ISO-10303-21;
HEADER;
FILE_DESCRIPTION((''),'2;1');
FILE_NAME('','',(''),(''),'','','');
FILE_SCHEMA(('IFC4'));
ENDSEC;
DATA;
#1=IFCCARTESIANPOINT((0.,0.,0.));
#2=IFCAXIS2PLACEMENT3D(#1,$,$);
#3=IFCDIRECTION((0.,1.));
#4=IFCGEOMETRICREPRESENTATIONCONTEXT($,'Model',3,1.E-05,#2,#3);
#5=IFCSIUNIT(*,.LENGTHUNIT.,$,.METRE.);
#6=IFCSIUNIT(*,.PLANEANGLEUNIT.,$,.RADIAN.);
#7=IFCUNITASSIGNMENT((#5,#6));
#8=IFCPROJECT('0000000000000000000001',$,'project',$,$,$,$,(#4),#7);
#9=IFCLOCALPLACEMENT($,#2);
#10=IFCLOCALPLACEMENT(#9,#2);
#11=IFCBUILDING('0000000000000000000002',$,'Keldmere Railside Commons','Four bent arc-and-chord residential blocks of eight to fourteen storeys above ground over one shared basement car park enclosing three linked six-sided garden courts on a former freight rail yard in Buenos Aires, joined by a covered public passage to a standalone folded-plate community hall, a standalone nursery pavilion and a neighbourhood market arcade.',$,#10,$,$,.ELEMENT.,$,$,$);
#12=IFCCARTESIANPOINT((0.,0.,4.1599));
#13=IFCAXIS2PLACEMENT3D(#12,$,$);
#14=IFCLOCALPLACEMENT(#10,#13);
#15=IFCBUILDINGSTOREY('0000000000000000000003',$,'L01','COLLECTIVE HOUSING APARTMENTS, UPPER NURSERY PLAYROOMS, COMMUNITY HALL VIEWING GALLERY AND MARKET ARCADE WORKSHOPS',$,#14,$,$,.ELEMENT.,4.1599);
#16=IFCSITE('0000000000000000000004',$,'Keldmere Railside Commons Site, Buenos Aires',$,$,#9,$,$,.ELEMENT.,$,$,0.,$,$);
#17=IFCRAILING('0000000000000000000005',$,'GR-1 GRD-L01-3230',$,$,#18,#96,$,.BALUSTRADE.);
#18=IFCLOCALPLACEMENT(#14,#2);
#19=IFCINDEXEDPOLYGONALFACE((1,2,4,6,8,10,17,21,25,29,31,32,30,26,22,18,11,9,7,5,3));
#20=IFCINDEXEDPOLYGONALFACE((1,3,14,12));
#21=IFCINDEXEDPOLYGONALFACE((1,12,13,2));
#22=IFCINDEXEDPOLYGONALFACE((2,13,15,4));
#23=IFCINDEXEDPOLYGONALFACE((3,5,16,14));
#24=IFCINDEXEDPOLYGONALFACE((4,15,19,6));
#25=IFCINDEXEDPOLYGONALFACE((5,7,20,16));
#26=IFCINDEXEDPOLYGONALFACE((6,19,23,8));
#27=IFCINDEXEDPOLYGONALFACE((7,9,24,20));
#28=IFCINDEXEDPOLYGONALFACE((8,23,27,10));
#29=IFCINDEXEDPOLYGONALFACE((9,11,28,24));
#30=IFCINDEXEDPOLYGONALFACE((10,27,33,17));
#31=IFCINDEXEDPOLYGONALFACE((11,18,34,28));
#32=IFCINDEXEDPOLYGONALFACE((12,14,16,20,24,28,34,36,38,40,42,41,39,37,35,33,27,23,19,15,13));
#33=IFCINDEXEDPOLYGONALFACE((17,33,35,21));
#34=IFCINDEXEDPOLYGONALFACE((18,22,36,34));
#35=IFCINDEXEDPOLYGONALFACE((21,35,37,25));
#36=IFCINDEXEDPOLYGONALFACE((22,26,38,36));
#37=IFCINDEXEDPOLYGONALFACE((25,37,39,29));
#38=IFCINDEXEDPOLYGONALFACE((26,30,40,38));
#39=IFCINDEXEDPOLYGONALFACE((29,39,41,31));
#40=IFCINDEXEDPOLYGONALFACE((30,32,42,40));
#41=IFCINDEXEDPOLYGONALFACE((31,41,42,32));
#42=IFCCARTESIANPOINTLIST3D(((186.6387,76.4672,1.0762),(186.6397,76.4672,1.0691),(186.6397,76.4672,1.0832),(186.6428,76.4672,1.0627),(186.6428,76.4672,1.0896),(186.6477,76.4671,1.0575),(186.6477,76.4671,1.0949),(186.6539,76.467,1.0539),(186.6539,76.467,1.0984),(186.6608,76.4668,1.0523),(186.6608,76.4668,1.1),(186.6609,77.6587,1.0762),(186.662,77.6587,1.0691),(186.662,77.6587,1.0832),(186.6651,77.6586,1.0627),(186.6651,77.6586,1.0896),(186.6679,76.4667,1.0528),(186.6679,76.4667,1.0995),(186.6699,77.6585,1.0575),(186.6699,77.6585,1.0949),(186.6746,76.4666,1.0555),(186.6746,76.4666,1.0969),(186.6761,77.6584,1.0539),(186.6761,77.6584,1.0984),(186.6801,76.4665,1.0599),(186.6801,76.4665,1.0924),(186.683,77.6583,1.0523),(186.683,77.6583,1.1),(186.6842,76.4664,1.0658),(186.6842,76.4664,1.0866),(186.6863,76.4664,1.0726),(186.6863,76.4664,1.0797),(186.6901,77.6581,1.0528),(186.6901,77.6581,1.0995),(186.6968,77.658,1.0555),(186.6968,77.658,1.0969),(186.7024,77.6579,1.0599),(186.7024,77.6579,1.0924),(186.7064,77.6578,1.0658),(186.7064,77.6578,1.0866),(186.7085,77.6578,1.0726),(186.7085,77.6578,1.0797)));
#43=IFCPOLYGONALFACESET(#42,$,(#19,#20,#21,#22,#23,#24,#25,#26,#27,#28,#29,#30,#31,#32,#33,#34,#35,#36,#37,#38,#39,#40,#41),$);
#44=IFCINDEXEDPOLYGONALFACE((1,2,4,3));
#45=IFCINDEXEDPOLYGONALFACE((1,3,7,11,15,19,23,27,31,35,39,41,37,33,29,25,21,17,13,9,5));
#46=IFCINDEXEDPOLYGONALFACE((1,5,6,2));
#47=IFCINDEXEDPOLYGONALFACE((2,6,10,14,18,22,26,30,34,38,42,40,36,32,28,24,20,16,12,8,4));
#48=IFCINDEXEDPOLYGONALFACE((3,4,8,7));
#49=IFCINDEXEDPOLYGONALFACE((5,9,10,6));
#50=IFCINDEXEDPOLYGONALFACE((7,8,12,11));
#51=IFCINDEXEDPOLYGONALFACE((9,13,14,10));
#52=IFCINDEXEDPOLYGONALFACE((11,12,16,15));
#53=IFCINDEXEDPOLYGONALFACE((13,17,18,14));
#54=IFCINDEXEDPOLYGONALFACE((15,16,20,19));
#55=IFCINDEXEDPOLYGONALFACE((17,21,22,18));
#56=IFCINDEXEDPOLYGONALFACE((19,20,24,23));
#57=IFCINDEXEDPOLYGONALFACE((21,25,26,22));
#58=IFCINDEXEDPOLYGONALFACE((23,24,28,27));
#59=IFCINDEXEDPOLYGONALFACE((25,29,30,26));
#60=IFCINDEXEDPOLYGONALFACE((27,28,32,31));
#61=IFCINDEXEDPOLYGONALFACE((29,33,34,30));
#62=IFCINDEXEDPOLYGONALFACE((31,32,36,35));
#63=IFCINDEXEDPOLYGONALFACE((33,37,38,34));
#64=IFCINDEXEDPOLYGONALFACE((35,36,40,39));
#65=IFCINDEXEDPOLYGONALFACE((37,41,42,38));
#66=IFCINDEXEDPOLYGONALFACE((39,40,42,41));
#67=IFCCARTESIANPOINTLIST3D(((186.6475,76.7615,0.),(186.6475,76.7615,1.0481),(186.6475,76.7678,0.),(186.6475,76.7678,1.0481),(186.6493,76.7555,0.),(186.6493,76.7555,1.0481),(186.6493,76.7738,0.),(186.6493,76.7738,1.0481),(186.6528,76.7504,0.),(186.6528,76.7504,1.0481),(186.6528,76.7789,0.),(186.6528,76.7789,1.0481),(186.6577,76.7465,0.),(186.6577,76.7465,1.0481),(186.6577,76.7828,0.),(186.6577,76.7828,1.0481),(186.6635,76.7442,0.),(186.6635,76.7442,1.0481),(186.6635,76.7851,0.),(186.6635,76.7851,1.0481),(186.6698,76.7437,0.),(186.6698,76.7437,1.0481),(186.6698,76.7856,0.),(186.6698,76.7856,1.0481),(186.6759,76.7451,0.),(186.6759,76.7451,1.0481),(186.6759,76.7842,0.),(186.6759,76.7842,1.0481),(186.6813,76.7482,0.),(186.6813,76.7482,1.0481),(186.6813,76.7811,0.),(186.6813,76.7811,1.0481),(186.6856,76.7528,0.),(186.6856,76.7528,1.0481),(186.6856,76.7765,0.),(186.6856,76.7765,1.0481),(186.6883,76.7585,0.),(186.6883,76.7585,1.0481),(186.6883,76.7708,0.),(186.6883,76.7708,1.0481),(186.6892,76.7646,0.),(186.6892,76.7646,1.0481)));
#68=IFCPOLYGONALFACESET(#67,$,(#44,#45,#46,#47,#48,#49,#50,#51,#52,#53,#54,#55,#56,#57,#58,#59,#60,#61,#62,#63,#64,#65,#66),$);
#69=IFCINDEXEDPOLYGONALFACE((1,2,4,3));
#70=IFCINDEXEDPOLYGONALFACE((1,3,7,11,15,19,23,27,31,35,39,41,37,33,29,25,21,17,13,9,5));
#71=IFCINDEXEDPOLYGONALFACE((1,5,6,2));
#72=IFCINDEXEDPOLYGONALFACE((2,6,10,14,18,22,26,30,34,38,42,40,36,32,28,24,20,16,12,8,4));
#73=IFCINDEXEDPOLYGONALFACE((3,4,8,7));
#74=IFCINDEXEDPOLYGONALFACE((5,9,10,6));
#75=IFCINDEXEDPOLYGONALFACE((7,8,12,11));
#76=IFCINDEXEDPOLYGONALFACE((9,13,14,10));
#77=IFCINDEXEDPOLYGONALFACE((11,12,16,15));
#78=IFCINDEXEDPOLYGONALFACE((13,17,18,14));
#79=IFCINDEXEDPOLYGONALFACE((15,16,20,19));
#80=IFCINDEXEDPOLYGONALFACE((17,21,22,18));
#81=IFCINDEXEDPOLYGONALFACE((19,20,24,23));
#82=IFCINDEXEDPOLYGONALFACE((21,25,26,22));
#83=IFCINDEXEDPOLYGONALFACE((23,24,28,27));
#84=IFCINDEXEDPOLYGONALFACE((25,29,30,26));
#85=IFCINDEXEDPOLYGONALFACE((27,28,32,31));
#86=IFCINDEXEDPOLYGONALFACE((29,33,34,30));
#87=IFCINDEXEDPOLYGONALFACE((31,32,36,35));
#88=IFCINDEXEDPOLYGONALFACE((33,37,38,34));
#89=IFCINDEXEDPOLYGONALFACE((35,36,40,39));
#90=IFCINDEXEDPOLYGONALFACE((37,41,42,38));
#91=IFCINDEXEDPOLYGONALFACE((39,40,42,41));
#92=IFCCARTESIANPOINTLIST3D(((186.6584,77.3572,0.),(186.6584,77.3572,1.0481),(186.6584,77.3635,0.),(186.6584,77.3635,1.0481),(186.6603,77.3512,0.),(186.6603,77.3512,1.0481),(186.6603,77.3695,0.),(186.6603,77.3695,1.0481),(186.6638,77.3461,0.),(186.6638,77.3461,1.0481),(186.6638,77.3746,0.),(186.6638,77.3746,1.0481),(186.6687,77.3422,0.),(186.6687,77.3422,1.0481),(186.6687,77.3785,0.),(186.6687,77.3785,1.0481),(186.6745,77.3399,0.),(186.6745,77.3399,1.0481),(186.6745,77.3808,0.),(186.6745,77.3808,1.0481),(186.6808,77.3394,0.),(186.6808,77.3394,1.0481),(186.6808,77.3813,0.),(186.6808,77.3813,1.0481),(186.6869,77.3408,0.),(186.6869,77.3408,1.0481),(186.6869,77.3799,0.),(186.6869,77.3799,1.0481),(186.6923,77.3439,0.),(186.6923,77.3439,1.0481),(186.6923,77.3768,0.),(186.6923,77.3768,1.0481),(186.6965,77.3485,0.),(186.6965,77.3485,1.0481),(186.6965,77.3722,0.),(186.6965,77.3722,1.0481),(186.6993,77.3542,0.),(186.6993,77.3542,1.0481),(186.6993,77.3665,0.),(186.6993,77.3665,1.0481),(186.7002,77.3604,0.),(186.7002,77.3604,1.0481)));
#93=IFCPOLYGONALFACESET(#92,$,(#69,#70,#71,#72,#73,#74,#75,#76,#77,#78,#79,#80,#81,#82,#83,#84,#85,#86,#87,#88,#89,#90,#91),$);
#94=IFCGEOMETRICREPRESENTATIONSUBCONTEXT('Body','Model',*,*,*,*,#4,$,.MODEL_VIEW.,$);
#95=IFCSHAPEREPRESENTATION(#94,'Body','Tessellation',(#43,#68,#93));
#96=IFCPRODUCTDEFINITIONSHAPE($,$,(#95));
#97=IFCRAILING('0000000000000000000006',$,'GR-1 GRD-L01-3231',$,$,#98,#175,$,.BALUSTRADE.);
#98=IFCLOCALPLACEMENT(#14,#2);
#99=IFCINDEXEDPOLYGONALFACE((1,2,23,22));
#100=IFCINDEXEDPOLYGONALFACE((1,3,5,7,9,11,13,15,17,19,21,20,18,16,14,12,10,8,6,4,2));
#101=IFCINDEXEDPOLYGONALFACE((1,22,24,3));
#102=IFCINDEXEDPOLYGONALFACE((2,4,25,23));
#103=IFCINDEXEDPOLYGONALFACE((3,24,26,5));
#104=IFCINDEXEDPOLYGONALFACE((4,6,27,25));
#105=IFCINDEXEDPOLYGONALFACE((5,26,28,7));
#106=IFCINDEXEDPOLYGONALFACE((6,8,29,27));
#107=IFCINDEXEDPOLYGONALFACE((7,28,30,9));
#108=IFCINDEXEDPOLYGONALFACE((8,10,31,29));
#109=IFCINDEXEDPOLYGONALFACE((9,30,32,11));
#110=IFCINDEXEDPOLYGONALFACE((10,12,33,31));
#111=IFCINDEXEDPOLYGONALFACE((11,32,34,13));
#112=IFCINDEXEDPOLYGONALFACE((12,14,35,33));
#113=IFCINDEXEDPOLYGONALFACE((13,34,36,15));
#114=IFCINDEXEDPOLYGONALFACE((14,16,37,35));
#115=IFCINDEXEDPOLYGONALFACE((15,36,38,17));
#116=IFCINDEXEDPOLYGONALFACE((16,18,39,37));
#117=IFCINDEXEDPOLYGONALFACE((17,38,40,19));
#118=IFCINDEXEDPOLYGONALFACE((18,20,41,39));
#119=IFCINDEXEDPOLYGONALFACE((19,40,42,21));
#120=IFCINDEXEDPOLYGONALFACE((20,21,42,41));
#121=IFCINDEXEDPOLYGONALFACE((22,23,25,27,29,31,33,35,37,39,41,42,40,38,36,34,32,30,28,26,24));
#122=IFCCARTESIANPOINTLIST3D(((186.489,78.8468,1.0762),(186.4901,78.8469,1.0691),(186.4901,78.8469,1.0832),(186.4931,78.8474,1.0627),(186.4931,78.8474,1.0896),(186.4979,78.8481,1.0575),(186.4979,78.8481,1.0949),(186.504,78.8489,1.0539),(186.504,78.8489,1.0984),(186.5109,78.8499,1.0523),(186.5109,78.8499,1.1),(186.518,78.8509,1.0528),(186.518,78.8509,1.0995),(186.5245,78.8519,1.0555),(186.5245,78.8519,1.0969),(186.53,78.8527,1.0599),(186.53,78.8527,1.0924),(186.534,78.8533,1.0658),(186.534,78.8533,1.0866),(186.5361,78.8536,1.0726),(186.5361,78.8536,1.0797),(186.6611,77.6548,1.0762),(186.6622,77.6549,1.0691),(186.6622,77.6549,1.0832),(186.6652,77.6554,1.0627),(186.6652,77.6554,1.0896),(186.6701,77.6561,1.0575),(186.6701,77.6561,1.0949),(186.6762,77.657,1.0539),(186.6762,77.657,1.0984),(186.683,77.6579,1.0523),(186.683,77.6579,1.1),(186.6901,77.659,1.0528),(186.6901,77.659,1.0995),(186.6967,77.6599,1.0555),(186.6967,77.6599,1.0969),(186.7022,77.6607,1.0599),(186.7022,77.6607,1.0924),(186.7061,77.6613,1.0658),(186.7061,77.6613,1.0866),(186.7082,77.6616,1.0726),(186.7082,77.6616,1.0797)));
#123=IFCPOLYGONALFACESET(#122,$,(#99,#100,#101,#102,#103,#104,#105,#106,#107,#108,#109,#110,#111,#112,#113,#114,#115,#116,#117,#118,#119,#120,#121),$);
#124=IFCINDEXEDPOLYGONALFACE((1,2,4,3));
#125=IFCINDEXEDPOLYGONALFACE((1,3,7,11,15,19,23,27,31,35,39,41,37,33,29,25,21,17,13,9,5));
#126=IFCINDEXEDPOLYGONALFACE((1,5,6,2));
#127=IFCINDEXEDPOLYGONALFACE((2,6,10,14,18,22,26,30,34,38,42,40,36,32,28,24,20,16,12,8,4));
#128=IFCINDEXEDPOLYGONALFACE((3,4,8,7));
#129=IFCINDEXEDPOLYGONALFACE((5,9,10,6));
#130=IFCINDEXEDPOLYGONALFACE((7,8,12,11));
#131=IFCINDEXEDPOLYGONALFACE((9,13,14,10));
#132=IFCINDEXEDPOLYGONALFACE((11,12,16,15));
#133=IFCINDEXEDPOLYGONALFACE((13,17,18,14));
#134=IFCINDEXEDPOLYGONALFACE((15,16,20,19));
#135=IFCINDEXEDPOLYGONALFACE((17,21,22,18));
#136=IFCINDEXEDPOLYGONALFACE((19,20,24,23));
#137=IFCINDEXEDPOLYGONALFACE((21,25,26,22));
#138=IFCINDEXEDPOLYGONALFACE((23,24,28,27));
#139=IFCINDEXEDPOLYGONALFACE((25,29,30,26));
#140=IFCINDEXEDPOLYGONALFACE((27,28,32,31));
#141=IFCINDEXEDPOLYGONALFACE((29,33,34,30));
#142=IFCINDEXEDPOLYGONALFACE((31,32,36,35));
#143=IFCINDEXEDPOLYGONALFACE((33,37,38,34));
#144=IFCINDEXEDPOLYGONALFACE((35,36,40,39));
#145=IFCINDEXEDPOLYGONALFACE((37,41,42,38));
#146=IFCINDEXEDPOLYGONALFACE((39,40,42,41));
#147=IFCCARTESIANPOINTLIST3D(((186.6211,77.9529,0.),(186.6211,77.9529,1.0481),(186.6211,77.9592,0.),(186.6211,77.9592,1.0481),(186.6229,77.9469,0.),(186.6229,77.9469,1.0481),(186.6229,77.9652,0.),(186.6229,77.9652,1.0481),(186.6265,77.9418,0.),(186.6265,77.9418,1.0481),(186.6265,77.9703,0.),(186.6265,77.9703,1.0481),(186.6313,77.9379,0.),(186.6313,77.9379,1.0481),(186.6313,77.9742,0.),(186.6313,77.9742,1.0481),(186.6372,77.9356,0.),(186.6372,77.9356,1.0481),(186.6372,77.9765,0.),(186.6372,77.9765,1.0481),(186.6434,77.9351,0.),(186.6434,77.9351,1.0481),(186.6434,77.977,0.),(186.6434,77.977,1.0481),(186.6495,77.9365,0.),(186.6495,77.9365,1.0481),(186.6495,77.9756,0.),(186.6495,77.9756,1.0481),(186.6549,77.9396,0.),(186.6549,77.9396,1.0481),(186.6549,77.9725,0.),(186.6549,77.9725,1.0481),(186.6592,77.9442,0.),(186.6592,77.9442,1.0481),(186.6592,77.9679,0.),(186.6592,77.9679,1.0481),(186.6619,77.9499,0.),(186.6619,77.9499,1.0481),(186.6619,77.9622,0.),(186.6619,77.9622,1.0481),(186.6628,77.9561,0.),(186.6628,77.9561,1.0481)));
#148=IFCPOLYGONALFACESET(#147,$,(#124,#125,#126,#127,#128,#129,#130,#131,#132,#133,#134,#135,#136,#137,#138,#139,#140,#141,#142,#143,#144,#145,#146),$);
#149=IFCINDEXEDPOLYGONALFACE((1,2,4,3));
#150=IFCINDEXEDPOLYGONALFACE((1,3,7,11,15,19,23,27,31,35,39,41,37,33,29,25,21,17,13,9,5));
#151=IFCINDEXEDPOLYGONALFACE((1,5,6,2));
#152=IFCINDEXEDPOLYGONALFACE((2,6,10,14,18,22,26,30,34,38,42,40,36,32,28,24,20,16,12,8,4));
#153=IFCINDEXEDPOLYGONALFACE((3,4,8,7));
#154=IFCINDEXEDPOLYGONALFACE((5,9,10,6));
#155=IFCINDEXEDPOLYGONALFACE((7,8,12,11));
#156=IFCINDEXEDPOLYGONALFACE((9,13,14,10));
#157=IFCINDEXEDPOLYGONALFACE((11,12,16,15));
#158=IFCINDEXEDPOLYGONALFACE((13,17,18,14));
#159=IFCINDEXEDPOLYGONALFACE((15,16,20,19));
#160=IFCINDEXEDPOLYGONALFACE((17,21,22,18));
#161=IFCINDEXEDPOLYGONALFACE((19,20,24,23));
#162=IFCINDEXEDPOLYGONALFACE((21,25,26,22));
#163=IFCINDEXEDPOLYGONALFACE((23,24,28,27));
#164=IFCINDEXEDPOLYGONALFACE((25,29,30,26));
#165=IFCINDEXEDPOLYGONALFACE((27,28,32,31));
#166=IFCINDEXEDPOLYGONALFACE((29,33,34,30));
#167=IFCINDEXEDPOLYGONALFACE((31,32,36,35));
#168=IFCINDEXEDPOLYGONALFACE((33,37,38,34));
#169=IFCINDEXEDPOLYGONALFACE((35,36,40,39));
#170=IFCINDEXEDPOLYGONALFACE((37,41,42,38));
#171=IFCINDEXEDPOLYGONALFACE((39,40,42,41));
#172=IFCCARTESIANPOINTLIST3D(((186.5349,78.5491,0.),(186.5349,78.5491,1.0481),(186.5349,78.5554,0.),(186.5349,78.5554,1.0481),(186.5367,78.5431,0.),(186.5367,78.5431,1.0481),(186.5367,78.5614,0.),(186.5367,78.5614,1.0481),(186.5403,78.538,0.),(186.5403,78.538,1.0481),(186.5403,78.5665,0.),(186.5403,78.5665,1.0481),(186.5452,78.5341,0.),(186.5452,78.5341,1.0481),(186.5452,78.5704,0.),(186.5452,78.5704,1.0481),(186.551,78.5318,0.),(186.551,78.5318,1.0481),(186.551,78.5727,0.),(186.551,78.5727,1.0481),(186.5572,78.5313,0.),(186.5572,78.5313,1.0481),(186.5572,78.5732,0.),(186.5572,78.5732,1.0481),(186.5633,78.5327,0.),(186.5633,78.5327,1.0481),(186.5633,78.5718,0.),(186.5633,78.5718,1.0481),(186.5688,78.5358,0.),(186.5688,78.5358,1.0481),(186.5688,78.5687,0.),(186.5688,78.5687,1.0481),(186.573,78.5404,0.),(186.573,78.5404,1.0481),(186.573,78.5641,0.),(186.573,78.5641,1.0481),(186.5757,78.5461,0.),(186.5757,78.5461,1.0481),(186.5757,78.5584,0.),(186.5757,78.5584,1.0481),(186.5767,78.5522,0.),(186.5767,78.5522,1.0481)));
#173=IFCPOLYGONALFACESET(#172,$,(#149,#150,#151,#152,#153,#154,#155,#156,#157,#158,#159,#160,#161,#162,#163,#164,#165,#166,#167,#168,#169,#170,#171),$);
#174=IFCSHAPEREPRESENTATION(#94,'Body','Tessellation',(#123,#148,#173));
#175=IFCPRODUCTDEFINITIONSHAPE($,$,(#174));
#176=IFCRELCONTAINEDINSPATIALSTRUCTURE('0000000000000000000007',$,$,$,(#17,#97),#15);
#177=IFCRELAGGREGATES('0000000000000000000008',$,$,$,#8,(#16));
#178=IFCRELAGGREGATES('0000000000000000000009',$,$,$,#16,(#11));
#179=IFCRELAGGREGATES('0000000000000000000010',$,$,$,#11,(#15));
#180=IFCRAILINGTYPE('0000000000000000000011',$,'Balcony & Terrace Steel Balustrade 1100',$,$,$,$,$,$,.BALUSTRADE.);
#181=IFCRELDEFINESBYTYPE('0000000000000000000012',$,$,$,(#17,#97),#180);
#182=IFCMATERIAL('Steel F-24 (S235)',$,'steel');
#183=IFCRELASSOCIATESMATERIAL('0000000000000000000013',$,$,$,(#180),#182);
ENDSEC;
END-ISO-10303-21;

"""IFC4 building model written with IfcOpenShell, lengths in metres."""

from ifc_helpers import new_model, si_unit, direction, frame, origin, origin_2d, place, context, subcontext, project, spatial, circle, extrude, material, type_object, element, save


model = new_model("IFC4")

# Units and contexts
model_context = context("Model", 3, precision=1e-05, world=origin(), true_north=direction((0.0, 1.0)))
body_context = subcontext(model_context, "Body", "Model", "MODEL_VIEW")
ifc_project = project(units=[si_unit("LENGTHUNIT", "METRE"), si_unit("PLANEANGLEUNIT", "RADIAN")], contexts=[model_context])

# Site, building, storey
site_placement = place(None, origin())
site = spatial("IfcSite", under=ifc_project, at=site_placement, Name="Keldmere Railside Commons Site, Buenos Aires", CompositionType="ELEMENT", RefElevation=0.0)
building_placement = place(site_placement, origin())
building = spatial("IfcBuilding", under=site, at=building_placement, Name="Keldmere Railside Commons", Description="Four bent arc-and-chord residential blocks of eight to fourteen storeys above ground over one shared basement car park enclosing three linked six-sided garden courts on a former freight rail yard in Buenos Aires, joined by a covered public passage to a standalone folded-plate community hall, a standalone nursery pavilion and a neighbourhood market arcade.", CompositionType="ELEMENT")
storey_placement = place(building_placement, frame((0.0, 0.0, 4.1599)))
storey = spatial("IfcBuildingStorey", under=building, at=storey_placement, Name="L01", Description="COLLECTIVE HOUSING APARTMENTS, UPPER NURSERY PLAYROOMS, COMMUNITY HALL VIEWING GALLERY AND MARKET ARCADE WORKSHOPS", CompositionType="ELEMENT", Elevation=4.1599)

# Shared definitions
ifc_material_1 = material(Name="Steel F-24 (S235)", Category="steel")

# Railings
railing_type_1 = type_object("IfcRailingType", Name="Balcony & Terrace Steel Balustrade 1100", PredefinedType="BALUSTRADE", material=ifc_material_1)
railing_1_placement = place(storey_placement, frame((186.6626, 76.4668, 0.0)))
element("IfcRailing", 1, at=railing_1_placement, inside=storey, type_object=railing_type_1, Name="GR-1 GRD-L01-3230", PredefinedType="BALUSTRADE", context=body_context, shape_type="SweptSolid", body=[
    extrude(circle(Radius=0.0239, at=origin_2d()), frame((0.0, 0.0, 1.0762), z_axis=(0.018644, 0.999826, 0.0), x_axis=(-0.999826, 0.018644, 0.0)), (0.0, 0.0, 1.0), 1.1917),
    extrude(circle(Radius=0.021, at=origin_2d()), frame((0.0056, 0.2979, 0.0)), (0.0, 0.0, 1.0), 1.0481),
    extrude(circle(Radius=0.021, at=origin_2d()), frame((0.0166, 0.8936, 0.0)), (0.0, 0.0, 1.0), 1.0481),
])
railing_2_placement = place(storey_placement, frame((186.6848, 77.6582, 0.0)))
element("IfcRailing", 2, at=railing_2_placement, inside=storey, type_object=railing_type_1, Name="GR-1 GRD-L01-3231", PredefinedType="BALUSTRADE", context=body_context, shape_type="SweptSolid", body=[
    extrude(circle(Radius=0.0239, at=origin_2d()), frame((0.0, 0.0, 1.0762), z_axis=(-0.142925, 0.989733, 0.0), x_axis=(-0.989733, -0.142925, 0.0)), (0.0, 0.0, 1.0), 1.2043),
    extrude(circle(Radius=0.021, at=origin_2d()), frame((-0.043, 0.2979, 0.0)), (0.0, 0.0, 1.0), 1.0481),
    extrude(circle(Radius=0.021, at=origin_2d()), frame((-0.1292, 0.894, 0.0)), (0.0, 0.0, 1.0), 1.0481),
])

save(model, "model.ifc")
